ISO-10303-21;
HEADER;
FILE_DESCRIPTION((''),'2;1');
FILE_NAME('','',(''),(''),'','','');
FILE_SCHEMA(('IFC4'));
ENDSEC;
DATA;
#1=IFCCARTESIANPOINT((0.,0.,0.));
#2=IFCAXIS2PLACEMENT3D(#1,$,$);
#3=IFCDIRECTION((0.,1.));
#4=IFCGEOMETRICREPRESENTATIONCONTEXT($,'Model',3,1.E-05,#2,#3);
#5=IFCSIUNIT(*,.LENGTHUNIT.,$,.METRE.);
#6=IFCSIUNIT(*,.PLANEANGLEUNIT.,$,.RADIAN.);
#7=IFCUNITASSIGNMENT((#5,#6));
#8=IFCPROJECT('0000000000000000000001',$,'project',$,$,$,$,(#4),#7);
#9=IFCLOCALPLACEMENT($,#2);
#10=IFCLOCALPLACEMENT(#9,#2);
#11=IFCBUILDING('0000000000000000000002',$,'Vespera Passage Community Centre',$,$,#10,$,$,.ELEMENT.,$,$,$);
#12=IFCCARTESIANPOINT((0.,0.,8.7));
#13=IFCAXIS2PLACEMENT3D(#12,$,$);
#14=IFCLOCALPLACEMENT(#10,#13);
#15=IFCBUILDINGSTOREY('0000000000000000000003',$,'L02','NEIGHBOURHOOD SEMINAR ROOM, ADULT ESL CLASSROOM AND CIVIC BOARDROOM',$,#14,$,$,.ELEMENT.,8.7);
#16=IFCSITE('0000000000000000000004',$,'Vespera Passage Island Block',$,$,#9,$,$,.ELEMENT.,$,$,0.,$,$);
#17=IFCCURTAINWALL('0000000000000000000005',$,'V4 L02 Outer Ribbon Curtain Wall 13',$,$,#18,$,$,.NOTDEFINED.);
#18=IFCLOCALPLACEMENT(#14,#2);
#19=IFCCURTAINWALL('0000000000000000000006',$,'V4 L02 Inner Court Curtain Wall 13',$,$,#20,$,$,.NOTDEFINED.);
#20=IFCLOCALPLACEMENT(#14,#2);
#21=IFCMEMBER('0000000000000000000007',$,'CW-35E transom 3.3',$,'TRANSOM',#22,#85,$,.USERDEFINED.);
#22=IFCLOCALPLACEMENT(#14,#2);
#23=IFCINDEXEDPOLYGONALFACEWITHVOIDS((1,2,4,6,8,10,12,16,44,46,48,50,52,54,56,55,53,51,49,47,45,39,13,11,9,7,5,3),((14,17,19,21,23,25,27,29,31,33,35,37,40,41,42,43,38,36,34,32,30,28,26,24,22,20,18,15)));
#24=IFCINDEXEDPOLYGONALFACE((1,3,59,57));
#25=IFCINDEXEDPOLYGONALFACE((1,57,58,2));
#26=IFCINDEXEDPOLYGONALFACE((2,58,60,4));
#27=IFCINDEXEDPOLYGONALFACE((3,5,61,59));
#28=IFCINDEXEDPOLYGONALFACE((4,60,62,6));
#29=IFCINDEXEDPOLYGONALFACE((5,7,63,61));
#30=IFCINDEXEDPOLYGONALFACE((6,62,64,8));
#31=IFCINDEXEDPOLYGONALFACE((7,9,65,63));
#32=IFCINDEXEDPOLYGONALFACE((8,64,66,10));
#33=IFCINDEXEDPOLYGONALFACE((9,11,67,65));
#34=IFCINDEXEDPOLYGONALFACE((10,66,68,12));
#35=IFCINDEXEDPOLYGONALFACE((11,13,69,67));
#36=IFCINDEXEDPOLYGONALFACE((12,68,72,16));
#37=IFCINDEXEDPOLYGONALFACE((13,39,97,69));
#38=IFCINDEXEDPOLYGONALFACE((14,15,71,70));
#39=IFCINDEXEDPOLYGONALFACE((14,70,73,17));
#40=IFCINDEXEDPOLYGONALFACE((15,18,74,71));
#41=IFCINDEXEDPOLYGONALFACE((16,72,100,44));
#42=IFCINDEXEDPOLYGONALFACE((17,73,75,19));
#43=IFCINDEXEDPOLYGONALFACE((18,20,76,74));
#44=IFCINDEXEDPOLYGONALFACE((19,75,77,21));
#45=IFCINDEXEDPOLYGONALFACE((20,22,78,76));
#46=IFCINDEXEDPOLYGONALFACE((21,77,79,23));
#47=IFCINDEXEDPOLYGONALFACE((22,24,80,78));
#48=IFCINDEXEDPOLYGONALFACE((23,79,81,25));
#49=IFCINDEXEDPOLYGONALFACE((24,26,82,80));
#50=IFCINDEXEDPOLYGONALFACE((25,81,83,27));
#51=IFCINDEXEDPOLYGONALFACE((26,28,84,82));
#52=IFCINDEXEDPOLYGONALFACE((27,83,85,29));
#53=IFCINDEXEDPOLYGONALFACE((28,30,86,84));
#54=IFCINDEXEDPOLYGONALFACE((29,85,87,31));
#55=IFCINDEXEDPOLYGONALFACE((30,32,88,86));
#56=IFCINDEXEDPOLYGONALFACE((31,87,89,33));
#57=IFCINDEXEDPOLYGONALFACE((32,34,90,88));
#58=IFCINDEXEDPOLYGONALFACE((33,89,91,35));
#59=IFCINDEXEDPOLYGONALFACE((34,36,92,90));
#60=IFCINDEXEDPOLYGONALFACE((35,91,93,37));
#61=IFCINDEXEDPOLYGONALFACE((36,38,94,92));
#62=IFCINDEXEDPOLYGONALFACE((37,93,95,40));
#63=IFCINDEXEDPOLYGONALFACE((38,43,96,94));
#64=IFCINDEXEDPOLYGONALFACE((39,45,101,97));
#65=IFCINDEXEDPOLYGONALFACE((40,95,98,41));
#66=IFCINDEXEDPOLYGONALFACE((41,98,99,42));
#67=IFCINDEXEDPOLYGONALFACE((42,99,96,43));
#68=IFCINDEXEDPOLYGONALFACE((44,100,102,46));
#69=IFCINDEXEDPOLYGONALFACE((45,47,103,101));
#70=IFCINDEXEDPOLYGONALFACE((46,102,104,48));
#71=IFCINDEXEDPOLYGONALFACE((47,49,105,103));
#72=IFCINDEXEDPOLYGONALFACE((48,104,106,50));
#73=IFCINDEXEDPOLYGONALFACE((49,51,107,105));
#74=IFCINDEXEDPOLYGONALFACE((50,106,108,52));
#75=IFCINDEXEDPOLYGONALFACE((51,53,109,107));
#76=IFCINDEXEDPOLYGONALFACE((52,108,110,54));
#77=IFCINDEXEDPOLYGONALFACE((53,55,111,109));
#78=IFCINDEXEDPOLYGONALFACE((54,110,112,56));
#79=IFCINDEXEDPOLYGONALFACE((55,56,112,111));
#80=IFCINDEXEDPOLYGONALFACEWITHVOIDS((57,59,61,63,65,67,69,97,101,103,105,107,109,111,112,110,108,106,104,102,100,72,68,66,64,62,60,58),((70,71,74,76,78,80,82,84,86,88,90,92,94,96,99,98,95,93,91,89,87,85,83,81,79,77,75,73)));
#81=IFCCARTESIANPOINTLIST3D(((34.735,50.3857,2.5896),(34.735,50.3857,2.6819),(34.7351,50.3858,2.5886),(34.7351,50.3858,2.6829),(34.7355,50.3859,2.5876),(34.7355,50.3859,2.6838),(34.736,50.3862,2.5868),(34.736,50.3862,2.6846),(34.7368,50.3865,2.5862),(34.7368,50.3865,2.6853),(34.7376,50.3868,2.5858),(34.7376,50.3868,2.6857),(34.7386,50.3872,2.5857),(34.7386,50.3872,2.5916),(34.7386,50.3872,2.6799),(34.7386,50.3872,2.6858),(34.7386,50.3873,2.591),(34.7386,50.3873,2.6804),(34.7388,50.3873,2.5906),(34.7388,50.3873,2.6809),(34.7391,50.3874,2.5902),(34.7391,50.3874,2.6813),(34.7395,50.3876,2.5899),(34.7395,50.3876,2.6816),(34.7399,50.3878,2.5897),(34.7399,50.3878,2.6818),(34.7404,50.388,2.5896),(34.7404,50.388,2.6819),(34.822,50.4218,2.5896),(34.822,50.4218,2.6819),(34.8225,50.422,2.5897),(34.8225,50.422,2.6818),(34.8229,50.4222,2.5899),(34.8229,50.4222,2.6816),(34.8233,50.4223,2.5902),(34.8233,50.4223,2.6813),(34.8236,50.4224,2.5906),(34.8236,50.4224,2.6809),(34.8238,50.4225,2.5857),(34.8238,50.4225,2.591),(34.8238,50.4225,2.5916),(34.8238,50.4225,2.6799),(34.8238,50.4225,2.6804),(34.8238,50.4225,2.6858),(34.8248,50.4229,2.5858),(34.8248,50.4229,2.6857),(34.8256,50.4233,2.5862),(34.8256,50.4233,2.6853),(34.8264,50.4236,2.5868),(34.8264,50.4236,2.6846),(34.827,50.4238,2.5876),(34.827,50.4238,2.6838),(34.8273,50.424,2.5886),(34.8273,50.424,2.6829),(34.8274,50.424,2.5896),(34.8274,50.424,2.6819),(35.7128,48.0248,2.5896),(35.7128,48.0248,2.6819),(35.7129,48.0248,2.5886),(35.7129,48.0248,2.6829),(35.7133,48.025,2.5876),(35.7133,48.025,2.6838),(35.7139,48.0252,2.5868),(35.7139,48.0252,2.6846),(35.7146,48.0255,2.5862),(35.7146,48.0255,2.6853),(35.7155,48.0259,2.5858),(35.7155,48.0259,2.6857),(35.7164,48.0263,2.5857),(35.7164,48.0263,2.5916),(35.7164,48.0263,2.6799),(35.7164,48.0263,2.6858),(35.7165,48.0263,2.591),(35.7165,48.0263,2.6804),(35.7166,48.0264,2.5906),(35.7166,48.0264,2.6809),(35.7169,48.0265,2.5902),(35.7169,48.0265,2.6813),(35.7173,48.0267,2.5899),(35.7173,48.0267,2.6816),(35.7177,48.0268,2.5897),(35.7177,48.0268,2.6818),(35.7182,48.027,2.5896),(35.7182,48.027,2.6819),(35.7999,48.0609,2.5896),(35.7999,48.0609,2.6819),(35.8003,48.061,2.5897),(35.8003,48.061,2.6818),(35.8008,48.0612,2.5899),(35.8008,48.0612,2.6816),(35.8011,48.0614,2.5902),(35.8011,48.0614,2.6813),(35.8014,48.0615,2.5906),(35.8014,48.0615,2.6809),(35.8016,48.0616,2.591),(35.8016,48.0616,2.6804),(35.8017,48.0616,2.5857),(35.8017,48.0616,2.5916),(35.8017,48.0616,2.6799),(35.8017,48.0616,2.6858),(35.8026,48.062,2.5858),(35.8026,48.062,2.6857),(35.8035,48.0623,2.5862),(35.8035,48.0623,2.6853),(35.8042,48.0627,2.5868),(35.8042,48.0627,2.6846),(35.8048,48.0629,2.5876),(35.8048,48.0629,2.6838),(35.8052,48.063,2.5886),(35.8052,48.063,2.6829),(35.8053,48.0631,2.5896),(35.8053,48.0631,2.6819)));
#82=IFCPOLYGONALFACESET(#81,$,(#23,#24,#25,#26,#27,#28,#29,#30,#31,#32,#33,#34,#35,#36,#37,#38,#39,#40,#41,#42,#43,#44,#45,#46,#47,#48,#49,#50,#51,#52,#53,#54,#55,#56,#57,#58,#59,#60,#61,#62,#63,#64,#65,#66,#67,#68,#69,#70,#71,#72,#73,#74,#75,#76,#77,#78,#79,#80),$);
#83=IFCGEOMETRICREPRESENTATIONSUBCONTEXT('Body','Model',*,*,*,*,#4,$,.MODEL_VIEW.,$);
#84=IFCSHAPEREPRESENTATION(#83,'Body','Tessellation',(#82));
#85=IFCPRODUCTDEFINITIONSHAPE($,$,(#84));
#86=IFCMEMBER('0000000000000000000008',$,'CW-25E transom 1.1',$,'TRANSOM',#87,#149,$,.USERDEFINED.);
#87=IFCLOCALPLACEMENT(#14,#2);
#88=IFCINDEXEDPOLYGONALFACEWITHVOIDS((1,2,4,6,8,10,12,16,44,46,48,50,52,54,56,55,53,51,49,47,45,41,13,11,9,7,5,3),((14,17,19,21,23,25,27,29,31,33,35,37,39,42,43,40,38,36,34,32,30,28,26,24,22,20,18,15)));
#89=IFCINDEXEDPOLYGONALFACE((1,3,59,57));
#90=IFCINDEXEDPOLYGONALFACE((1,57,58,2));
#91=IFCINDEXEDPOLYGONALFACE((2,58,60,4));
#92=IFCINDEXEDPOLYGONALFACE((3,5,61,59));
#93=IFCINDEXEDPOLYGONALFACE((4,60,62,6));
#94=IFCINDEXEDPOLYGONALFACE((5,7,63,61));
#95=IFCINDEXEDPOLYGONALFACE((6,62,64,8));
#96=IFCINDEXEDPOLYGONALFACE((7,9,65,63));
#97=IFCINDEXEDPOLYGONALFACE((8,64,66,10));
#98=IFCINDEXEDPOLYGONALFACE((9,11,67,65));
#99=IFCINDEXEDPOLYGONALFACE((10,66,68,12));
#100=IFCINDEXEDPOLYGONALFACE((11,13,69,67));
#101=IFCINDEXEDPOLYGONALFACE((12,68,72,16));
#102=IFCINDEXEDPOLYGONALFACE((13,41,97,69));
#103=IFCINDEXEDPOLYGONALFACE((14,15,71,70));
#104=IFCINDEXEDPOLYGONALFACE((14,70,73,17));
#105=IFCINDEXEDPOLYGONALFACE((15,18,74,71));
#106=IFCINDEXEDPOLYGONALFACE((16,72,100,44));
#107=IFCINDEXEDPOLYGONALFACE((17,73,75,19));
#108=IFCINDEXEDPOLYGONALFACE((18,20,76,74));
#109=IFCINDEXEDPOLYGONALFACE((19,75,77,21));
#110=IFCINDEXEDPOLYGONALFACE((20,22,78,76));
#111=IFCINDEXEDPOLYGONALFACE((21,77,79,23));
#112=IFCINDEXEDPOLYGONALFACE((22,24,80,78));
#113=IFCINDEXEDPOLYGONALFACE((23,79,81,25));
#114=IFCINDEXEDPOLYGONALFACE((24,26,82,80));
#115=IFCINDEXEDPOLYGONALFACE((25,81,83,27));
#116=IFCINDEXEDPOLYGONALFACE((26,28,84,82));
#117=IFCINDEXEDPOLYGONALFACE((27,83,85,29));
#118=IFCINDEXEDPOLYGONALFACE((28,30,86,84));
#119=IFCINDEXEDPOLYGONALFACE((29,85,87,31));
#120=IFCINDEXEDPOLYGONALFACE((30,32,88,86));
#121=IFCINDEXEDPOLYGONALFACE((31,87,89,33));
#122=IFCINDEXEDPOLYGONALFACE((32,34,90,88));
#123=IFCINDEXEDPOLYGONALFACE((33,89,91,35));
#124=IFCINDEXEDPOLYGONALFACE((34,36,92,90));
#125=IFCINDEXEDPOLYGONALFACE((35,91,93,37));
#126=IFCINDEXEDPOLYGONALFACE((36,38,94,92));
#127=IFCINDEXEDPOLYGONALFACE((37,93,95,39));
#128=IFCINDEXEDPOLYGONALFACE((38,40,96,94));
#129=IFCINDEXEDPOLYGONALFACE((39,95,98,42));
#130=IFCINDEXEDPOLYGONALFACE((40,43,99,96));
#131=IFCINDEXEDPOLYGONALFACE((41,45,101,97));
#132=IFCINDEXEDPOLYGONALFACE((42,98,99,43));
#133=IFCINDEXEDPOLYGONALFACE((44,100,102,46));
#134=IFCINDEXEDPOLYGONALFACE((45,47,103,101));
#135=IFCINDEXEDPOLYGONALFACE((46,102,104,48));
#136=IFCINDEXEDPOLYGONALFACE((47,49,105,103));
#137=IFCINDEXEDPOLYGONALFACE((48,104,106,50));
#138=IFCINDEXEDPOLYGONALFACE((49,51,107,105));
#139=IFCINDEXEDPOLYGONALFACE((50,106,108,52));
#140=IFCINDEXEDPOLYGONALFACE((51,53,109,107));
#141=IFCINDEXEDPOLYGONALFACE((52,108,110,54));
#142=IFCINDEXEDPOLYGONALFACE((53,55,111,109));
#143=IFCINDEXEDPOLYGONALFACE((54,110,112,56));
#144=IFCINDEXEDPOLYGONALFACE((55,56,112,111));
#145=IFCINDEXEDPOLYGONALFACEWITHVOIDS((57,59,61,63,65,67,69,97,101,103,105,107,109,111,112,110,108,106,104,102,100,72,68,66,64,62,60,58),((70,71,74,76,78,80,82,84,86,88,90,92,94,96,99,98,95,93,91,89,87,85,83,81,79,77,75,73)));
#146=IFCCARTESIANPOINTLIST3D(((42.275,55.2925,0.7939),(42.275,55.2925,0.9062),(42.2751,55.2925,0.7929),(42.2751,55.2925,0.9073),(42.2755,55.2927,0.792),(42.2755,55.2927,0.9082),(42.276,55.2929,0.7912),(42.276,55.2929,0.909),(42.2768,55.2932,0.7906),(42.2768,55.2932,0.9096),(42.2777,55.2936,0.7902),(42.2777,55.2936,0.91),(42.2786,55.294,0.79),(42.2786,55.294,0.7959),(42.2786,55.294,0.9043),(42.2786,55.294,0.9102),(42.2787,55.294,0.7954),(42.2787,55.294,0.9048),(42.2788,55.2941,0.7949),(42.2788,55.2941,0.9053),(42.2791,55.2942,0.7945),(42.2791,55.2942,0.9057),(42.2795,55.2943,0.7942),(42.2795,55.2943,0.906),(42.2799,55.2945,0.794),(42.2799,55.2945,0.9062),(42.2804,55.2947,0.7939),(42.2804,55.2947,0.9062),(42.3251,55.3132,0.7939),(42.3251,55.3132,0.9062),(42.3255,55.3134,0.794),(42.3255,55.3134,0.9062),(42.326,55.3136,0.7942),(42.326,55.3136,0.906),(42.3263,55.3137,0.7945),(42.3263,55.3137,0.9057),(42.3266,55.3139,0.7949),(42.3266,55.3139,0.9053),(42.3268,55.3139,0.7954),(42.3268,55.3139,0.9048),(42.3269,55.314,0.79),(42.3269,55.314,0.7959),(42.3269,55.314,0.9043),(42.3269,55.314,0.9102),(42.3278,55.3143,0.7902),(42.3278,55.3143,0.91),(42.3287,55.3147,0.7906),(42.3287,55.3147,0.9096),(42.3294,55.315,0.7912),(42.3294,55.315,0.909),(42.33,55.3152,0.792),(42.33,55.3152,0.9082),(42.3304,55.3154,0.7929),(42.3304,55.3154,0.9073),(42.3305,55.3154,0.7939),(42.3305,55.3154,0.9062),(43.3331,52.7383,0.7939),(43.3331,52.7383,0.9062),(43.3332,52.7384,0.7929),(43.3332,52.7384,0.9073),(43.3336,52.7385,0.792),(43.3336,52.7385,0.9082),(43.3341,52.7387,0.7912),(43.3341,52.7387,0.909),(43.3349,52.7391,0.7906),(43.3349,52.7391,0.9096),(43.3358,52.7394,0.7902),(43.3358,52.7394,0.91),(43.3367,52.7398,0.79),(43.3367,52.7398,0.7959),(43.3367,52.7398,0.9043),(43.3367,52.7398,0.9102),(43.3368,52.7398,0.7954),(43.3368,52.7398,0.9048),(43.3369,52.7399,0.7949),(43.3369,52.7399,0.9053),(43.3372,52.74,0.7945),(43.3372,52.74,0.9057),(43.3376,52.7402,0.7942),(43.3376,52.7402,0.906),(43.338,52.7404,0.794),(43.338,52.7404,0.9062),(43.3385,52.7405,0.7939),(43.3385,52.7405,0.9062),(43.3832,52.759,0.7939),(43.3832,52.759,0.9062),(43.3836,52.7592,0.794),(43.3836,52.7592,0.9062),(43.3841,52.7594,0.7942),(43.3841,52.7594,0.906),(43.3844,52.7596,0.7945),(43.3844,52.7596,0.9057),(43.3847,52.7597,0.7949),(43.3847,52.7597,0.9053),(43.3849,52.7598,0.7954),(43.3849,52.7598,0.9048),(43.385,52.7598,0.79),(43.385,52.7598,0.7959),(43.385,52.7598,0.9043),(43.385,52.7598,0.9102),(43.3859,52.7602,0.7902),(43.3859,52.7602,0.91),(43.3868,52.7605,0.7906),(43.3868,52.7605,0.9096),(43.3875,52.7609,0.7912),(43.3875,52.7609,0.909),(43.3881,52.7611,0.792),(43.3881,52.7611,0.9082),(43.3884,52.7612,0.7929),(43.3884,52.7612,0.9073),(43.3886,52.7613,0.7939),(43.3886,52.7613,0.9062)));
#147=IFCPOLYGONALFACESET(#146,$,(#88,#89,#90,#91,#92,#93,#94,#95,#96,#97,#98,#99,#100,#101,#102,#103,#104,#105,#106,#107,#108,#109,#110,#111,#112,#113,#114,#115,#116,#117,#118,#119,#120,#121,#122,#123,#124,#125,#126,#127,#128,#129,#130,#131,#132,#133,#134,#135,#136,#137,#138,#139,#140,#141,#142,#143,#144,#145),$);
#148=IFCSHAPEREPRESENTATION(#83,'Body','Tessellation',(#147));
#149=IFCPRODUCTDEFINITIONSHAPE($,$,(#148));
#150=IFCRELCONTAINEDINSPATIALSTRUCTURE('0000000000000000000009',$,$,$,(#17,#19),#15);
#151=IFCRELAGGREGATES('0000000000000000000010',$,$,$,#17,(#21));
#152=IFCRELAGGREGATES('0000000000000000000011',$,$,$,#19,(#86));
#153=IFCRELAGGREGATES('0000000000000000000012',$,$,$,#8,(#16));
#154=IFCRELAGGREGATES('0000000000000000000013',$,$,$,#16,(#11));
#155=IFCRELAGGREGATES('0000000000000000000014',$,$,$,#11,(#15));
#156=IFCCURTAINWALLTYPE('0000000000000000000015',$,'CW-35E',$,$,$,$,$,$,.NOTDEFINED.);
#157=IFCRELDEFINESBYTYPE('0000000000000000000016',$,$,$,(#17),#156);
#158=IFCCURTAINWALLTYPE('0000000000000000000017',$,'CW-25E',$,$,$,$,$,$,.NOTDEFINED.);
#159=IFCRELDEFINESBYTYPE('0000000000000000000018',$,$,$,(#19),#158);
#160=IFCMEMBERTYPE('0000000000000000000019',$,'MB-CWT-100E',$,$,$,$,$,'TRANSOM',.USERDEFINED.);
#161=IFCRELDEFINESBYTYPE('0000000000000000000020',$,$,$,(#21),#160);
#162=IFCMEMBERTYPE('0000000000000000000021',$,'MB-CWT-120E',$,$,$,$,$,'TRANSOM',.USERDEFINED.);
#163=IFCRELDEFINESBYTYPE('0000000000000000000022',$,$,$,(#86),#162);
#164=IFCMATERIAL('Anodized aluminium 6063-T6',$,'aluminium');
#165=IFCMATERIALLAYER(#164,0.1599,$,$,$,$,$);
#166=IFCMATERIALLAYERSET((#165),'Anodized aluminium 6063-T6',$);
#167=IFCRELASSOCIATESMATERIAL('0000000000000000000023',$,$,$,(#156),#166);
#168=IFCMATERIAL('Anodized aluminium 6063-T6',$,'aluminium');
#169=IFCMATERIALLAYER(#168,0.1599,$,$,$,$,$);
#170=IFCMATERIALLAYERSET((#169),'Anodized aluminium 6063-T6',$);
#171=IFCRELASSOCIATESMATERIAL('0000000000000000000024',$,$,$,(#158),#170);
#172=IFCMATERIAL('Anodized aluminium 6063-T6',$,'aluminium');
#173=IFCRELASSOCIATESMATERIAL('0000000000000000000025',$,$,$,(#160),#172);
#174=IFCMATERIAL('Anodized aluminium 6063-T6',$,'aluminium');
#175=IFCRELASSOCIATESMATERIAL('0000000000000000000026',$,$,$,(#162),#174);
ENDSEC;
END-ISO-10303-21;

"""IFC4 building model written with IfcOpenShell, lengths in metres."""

from ifc_helpers import new_model, si_unit, direction, frame, origin, origin_2d, place, context, subcontext, project, spatial, hollow_rectangle, extrude, material, layer, layer_set, material_profile, profile_set, type_object, element, aggregate, save


model = new_model("IFC4")

# Units and contexts
model_context = context("Model", 3, precision=1e-05, world=origin(), true_north=direction((0.0, 1.0)))
body_context = subcontext(model_context, "Body", "Model", "MODEL_VIEW")
ifc_project = project(units=[si_unit("LENGTHUNIT", "METRE"), si_unit("PLANEANGLEUNIT", "RADIAN")], contexts=[model_context])

# Site, building, storey
site_placement = place(None, origin())
site = spatial("IfcSite", under=ifc_project, at=site_placement, Name="Vespera Passage Island Block", CompositionType="ELEMENT", RefElevation=0.0)
building_placement = place(site_placement, origin())
building = spatial("IfcBuilding", under=site, at=building_placement, Name="Vespera Passage Community Centre", CompositionType="ELEMENT")
storey_placement = place(building_placement, frame((0.0, 0.0, 8.7)))
storey = spatial("IfcBuildingStorey", under=building, at=storey_placement, Name="L02", Description="NEIGHBOURHOOD SEMINAR ROOM, ADULT ESL CLASSROOM AND CIVIC BOARDROOM", CompositionType="ELEMENT", Elevation=8.7)

# Curtain wall
ifc_material_1 = material(Name="Anodized aluminium 6063-T6", Category="aluminium")
ifc_layer_1 = layer(ifc_material_1, 0.1599)
ifc_layer_set_1 = layer_set([ifc_layer_1], Name="Anodized aluminium 6063-T6")
curtain_wall_type_1 = type_object("IfcCurtainWallType", Name="CW-35E", PredefinedType="NOTDEFINED", material=ifc_layer_set_1)
curtain_wall_1_placement = place(storey_placement, origin())
curtain_wall_1 = element("IfcCurtainWall", 1, at=curtain_wall_1_placement, inside=storey, type_object=curtain_wall_type_1, Name="V4 L02 Outer Ribbon Curtain Wall 13", PredefinedType="NOTDEFINED")

# Curtain wall
ifc_material_2 = material(Name="Anodized aluminium 6063-T6", Category="aluminium")
ifc_layer_2 = layer(ifc_material_2, 0.1599)
ifc_layer_set_2 = layer_set([ifc_layer_2], Name="Anodized aluminium 6063-T6")
curtain_wall_type_2 = type_object("IfcCurtainWallType", Name="CW-25E", PredefinedType="NOTDEFINED", material=ifc_layer_set_2)
curtain_wall_2_placement = place(storey_placement, origin())
curtain_wall_2 = element("IfcCurtainWall", 2, at=curtain_wall_2_placement, inside=storey, type_object=curtain_wall_type_2, Name="V4 L02 Inner Court Curtain Wall 13", PredefinedType="NOTDEFINED")

# Members
ifc_material_3 = material(Name="Anodized aluminium 6063-T6", Category="aluminium")
ifc_material_profile_1 = material_profile(ifc_material_3, hollow_rectangle(XDim=0.1001, YDim=0.1001, WallThickness=0.0039, InnerFilletRadius=0.002, OuterFilletRadius=0.0039, at=origin_2d()), Name="ALU100X100X4")
ifc_profile_set_1 = profile_set([ifc_material_profile_1], Name="Anodized aluminium 6063-T6")
member_type_1 = type_object("IfcMemberType", Name="MB-CWT-100E", ElementType="TRANSOM", PredefinedType="USERDEFINED", material=ifc_profile_set_1)
member_1_placement = place(storey_placement, frame((35.759, 48.0439, 2.6357), z_axis=(-0.382647, 0.923895, 0.0), x_axis=(-0.923895, -0.382647, 0.0)))
member_1 = element("IfcMember", 3, at=member_1_placement, type_object=member_type_1, Name="CW-35E transom 3.3", ObjectType="TRANSOM", PredefinedType="USERDEFINED", context=body_context, shape_type="SweptSolid", body=[
    extrude(hollow_rectangle(XDim=0.1001, YDim=0.1001, WallThickness=0.0039, InnerFilletRadius=0.002, OuterFilletRadius=0.0039, at=origin_2d()), origin(), (0.0, 0.0, 1.0), 2.5554),
])
ifc_material_4 = material(Name="Anodized aluminium 6063-T6", Category="aluminium")
ifc_material_profile_2 = material_profile(ifc_material_4, hollow_rectangle(XDim=0.0601, YDim=0.1201, WallThickness=0.0039, InnerFilletRadius=0.002, OuterFilletRadius=0.0039, at=origin_2d()), Name="ALU120X60X4")
ifc_profile_set_2 = profile_set([ifc_material_profile_2], Name="Anodized aluminium 6063-T6")
member_type_2 = type_object("IfcMemberType", Name="MB-CWT-120E", ElementType="TRANSOM", PredefinedType="USERDEFINED", material=ifc_profile_set_2)
member_2_placement = place(storey_placement, frame((42.3027, 55.304, 0.8501), z_axis=(0.382721, -0.923864, 0.0), x_axis=(0.923864, 0.382721, 0.0)))
member_2 = element("IfcMember", 4, at=member_2_placement, type_object=member_type_2, Name="CW-25E transom 1.1", ObjectType="TRANSOM", PredefinedType="USERDEFINED", context=body_context, shape_type="SweptSolid", body=[
    extrude(hollow_rectangle(XDim=0.0601, YDim=0.1201, WallThickness=0.0039, InnerFilletRadius=0.002, OuterFilletRadius=0.0039, at=origin_2d()), origin(), (0.0, 0.0, 1.0), 2.7646),
])

aggregate(curtain_wall_1, [member_1])
aggregate(curtain_wall_2, [member_2])

save(model, "model.ifc")
